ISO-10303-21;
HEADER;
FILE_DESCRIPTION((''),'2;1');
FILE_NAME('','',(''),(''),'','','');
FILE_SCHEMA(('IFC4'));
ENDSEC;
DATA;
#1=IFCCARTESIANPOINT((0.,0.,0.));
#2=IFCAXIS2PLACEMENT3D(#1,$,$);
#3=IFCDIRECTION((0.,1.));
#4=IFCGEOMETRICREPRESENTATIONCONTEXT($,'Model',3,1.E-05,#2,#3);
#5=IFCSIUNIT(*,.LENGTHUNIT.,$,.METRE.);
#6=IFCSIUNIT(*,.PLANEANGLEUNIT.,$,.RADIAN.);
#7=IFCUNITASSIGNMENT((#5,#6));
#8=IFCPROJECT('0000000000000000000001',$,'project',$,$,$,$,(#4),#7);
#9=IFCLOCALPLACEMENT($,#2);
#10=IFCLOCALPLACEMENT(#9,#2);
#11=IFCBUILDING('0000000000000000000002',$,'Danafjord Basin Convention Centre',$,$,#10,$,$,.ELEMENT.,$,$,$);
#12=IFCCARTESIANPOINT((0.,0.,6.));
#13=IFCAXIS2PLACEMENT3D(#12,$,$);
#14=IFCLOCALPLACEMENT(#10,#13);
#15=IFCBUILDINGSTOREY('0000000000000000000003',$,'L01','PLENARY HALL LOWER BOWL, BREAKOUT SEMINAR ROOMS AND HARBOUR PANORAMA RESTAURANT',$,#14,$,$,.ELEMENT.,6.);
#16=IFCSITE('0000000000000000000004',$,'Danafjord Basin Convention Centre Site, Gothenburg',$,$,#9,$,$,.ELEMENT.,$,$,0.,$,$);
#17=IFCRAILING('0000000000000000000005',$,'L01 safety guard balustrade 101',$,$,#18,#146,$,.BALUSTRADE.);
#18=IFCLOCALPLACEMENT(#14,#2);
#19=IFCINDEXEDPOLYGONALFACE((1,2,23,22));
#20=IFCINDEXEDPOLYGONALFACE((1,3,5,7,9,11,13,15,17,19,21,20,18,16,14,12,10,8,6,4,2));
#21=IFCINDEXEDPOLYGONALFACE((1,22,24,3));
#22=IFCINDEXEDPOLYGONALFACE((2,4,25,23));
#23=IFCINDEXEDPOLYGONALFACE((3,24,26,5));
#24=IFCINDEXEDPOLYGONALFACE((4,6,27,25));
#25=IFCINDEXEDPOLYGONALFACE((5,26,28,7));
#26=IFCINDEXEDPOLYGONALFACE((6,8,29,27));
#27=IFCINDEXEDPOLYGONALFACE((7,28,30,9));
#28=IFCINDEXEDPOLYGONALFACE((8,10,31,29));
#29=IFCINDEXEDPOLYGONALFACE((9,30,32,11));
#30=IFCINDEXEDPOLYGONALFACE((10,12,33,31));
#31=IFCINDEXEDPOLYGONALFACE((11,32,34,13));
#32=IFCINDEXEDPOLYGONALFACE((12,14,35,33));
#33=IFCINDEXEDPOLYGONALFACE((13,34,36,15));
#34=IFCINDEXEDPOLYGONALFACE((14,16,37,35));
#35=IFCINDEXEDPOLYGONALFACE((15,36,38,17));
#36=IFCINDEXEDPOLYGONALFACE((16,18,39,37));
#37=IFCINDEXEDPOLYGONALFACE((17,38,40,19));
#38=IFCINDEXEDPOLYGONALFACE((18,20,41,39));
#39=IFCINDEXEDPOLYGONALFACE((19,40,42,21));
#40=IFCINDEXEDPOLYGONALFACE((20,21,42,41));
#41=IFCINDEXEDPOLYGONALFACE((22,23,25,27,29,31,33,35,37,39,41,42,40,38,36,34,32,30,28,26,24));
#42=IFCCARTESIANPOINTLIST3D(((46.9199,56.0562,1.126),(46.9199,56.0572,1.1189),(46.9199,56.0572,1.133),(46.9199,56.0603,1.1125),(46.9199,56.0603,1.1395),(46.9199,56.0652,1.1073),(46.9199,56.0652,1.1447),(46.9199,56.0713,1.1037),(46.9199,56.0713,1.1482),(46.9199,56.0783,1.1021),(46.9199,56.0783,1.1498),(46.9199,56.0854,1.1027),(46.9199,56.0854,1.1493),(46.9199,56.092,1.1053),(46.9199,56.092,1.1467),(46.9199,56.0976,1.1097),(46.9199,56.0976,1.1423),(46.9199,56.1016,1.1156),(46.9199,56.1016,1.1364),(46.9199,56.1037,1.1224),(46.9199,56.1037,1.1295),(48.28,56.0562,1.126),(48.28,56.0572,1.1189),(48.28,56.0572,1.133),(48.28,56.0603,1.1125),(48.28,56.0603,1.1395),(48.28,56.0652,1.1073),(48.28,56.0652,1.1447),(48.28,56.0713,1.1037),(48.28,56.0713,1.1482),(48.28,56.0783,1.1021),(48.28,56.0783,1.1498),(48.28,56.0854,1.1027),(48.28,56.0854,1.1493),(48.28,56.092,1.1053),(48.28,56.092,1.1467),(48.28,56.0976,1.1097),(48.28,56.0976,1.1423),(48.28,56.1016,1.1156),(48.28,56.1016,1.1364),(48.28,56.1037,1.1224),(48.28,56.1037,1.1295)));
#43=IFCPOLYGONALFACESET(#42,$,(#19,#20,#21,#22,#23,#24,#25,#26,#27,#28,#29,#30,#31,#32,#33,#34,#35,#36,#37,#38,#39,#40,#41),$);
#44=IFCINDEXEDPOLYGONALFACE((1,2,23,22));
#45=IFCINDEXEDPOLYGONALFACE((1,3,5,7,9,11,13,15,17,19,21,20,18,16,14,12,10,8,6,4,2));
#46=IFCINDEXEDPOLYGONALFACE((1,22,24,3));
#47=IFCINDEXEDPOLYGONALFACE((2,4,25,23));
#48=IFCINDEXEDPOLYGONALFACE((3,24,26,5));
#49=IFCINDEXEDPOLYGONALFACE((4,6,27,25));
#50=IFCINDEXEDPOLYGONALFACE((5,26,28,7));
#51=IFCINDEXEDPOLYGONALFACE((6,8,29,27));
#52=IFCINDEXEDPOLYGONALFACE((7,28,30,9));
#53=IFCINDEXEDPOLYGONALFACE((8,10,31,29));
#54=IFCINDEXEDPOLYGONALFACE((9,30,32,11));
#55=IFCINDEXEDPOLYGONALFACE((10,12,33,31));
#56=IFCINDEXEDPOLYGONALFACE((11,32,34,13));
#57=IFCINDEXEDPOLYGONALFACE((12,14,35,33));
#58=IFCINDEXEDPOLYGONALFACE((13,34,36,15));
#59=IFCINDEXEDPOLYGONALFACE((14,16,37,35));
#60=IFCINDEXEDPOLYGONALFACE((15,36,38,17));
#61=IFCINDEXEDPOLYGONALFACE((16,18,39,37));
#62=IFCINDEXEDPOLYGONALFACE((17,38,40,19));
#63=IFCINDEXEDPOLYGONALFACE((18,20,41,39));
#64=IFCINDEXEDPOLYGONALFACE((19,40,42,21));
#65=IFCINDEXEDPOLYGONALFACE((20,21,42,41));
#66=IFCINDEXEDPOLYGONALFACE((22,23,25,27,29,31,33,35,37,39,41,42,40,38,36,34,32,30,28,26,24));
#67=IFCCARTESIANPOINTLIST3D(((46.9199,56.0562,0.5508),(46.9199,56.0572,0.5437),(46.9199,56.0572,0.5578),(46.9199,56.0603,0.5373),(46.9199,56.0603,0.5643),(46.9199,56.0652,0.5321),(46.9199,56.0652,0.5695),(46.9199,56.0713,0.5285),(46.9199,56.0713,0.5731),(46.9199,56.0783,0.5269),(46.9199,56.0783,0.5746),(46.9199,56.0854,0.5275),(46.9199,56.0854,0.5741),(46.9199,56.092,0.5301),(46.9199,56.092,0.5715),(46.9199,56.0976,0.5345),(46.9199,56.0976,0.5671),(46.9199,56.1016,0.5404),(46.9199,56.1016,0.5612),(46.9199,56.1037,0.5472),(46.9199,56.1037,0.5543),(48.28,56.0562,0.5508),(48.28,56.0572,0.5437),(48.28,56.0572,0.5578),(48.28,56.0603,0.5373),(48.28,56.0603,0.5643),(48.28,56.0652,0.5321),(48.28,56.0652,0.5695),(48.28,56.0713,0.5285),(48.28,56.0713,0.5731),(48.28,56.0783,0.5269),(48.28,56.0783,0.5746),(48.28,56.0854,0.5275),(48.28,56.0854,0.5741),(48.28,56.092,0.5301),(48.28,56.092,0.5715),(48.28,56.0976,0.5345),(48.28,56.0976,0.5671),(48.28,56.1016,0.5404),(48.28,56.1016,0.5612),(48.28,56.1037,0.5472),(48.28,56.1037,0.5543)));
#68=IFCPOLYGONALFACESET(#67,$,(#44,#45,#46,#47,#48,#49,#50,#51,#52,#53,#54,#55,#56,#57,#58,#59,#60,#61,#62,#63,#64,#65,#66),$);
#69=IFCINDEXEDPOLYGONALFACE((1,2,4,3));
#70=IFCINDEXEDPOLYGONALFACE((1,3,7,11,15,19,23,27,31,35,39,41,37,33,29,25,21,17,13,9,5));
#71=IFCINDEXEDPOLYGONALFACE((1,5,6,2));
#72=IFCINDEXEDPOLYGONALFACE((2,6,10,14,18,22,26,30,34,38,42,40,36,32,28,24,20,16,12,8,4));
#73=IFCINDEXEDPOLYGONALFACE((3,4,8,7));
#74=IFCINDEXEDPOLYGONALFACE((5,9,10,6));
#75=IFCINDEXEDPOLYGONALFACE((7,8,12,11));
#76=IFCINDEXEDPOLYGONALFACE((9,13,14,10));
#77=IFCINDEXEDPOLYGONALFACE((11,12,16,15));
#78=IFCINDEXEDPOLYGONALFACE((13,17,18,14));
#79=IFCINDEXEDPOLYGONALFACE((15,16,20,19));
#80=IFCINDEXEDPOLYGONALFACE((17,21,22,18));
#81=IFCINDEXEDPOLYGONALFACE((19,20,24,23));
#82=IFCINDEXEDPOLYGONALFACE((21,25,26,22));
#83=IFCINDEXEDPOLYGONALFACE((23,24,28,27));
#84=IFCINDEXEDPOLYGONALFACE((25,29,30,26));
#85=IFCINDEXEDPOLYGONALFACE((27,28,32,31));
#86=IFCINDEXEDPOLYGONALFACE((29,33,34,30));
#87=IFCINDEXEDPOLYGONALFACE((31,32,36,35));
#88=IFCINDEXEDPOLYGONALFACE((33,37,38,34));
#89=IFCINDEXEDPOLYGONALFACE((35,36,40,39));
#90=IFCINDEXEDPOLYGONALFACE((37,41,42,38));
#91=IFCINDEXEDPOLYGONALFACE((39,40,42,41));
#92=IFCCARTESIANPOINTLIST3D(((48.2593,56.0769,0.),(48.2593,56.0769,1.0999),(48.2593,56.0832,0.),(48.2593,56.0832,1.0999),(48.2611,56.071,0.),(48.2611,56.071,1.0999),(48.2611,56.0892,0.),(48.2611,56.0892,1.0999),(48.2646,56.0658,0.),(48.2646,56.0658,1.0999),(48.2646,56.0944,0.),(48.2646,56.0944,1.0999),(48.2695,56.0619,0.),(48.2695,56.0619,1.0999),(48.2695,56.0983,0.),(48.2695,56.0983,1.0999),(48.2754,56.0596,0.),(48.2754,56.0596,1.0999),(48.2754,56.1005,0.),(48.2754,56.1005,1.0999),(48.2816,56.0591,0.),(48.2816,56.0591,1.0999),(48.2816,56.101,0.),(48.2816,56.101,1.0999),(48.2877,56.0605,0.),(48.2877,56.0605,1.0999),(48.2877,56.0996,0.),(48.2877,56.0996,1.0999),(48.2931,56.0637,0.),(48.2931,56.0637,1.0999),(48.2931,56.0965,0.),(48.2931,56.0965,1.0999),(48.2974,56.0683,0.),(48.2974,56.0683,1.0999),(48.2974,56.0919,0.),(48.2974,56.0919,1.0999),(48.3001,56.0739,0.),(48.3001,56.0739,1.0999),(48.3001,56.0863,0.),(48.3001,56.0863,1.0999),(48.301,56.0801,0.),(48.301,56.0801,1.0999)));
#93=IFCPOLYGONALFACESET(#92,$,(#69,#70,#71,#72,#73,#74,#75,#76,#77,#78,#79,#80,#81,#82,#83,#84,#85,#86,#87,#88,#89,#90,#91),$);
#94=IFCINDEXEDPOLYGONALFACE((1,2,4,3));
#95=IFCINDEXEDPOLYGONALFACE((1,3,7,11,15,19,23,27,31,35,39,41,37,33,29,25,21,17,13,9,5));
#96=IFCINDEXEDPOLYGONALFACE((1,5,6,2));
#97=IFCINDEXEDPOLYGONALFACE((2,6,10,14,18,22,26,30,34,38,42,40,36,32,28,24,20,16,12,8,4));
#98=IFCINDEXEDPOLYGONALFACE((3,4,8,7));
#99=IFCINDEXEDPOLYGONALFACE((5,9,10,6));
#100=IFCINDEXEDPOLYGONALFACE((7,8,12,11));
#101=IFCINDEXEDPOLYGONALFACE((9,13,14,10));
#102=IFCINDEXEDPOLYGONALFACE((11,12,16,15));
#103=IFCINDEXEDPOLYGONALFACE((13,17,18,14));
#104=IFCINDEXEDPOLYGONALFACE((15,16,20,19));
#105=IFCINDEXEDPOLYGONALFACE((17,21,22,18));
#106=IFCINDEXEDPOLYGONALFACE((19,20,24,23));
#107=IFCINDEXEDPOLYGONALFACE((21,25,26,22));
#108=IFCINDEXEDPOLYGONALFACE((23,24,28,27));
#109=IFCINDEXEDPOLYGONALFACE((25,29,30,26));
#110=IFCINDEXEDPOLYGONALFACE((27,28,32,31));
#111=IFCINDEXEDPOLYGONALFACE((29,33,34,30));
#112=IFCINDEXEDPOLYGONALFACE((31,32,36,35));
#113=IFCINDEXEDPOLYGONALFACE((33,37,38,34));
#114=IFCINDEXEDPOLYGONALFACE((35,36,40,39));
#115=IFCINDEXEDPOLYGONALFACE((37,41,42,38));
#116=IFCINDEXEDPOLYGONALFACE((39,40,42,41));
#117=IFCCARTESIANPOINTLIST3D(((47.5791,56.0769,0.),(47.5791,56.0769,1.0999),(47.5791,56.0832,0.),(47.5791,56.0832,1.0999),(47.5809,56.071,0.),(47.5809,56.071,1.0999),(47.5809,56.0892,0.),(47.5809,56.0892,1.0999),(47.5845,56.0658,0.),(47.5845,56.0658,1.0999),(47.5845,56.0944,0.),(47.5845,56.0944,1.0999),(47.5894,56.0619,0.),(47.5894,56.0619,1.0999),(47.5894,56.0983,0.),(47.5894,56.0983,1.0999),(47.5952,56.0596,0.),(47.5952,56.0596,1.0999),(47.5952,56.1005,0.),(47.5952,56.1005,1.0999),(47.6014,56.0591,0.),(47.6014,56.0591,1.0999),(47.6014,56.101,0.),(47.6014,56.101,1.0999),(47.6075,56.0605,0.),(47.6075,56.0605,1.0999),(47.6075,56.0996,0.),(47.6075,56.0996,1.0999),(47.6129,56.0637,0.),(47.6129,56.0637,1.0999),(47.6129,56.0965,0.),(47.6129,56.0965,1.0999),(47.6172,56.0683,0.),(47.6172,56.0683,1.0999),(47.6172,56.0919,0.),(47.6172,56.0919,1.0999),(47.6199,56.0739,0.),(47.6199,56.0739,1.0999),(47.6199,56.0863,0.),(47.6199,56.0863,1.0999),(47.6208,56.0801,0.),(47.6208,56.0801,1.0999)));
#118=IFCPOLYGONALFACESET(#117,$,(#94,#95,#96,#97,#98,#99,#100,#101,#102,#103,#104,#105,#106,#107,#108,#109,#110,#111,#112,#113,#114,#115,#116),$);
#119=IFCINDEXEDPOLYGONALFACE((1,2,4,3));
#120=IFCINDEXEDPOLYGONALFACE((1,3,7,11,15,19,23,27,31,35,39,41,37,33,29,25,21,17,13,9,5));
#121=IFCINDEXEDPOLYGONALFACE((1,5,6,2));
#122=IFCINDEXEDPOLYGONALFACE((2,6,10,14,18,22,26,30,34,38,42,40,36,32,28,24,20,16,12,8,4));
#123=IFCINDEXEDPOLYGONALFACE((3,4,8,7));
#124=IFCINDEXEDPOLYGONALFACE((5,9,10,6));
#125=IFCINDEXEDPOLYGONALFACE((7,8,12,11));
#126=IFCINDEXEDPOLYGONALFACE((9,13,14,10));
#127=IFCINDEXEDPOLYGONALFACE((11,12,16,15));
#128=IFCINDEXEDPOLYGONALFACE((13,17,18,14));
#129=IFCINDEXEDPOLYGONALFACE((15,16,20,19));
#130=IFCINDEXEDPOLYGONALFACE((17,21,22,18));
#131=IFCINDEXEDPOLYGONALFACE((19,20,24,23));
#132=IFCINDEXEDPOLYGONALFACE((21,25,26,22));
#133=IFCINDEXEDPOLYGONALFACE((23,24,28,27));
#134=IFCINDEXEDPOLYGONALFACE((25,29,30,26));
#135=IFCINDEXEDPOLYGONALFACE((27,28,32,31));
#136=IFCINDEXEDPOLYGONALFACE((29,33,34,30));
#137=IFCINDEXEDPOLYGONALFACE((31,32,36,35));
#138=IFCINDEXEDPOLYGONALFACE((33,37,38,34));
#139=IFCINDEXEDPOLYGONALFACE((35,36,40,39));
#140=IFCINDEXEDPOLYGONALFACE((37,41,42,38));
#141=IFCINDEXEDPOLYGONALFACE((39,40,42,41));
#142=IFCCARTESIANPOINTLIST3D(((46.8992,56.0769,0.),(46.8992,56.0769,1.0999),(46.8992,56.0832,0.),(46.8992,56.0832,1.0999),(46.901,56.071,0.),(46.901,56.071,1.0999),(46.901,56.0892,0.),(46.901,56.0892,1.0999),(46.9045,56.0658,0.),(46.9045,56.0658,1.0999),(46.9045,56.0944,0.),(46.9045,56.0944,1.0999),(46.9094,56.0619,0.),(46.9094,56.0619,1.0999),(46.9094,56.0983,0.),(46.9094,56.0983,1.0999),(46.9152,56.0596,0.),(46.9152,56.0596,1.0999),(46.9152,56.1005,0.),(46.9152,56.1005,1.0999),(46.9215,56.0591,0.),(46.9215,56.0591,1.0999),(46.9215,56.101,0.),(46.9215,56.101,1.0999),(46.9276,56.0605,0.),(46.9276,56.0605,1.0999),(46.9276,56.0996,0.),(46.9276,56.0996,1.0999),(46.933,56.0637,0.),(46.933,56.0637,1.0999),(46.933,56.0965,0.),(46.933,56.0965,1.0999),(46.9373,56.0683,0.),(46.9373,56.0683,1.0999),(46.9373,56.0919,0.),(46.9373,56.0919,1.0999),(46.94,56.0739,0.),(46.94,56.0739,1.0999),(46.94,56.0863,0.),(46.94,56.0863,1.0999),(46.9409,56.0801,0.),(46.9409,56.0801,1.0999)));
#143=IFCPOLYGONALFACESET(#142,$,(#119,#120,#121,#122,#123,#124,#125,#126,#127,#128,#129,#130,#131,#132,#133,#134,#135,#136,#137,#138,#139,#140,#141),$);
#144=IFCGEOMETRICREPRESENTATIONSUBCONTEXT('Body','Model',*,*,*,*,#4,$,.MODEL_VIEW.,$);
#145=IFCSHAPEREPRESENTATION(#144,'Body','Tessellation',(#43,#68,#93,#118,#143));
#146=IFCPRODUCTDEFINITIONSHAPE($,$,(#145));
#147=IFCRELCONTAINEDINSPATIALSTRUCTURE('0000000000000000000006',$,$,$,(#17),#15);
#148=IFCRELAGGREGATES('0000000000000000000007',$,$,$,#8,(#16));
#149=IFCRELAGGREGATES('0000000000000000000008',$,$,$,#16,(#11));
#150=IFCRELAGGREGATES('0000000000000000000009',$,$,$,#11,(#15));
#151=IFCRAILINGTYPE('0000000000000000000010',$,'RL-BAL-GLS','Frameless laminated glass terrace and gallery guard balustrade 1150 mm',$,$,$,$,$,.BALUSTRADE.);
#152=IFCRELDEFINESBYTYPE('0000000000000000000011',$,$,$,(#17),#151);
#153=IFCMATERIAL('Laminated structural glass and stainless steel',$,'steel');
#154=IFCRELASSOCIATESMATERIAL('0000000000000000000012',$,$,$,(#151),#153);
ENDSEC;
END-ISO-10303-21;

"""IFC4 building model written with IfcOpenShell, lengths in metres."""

from ifc_helpers import new_model, si_unit, direction, frame, origin, origin_2d, place, context, subcontext, project, spatial, circle, extrude, material, type_object, element, save


model = new_model("IFC4")

# Units and contexts
model_context = context("Model", 3, precision=1e-05, world=origin(), true_north=direction((0.0, 1.0)))
body_context = subcontext(model_context, "Body", "Model", "MODEL_VIEW")
ifc_project = project(units=[si_unit("LENGTHUNIT", "METRE"), si_unit("PLANEANGLEUNIT", "RADIAN")], contexts=[model_context])

# Site, building, storey
site_placement = place(None, origin())
site = spatial("IfcSite", under=ifc_project, at=site_placement, Name="Danafjord Basin Convention Centre Site, Gothenburg", CompositionType="ELEMENT", RefElevation=0.0)
building_placement = place(site_placement, origin())
building = spatial("IfcBuilding", under=site, at=building_placement, Name="Danafjord Basin Convention Centre", CompositionType="ELEMENT")
storey_placement = place(building_placement, frame((0.0, 0.0, 6.0)))
storey = spatial("IfcBuildingStorey", under=building, at=storey_placement, Name="L01", Description="PLENARY HALL LOWER BOWL, BREAKOUT SEMINAR ROOMS AND HARBOUR PANORAMA RESTAURANT", CompositionType="ELEMENT", Elevation=6.0)

# Railing
ifc_material_1 = material(Name="Laminated structural glass and stainless steel", Category="steel")
railing_type = type_object("IfcRailingType", Name="RL-BAL-GLS", Description="Frameless laminated glass terrace and gallery guard balustrade 1150 mm", PredefinedType="BALUSTRADE", material=ifc_material_1)
railing_1_placement = place(storey_placement, frame((48.28, 56.0801, 0.0)))
element("IfcRailing", 1, at=railing_1_placement, inside=storey, type_object=railing_type, Name="L01 safety guard balustrade 101", PredefinedType="BALUSTRADE", context=body_context, shape_type="SweptSolid", body=[
    extrude(circle(Radius=0.0239, at=origin_2d()), frame((0.0, 0.0, 1.126), z_axis=(-1.0, 0.0, 0.0), x_axis=(0.0, -1.0, 0.0)), (0.0, 0.0, 1.0), 1.3601),
    extrude(circle(Radius=0.0239, at=origin_2d()), frame((0.0, 0.0, 0.5508), z_axis=(-1.0, 0.0, 0.0), x_axis=(0.0, -1.0, 0.0)), (0.0, 0.0, 1.0), 1.3601),
    extrude(circle(Radius=0.021, at=origin_2d()), origin(), (0.0, 0.0, 1.0), 1.0999),
    extrude(circle(Radius=0.021, at=origin_2d()), frame((-0.6802, 0.0, 0.0)), (0.0, 0.0, 1.0), 1.0999),
    extrude(circle(Radius=0.021, at=origin_2d()), frame((-1.3601, 0.0, 0.0)), (0.0, 0.0, 1.0), 1.0999),
])

save(model, "model.ifc")
